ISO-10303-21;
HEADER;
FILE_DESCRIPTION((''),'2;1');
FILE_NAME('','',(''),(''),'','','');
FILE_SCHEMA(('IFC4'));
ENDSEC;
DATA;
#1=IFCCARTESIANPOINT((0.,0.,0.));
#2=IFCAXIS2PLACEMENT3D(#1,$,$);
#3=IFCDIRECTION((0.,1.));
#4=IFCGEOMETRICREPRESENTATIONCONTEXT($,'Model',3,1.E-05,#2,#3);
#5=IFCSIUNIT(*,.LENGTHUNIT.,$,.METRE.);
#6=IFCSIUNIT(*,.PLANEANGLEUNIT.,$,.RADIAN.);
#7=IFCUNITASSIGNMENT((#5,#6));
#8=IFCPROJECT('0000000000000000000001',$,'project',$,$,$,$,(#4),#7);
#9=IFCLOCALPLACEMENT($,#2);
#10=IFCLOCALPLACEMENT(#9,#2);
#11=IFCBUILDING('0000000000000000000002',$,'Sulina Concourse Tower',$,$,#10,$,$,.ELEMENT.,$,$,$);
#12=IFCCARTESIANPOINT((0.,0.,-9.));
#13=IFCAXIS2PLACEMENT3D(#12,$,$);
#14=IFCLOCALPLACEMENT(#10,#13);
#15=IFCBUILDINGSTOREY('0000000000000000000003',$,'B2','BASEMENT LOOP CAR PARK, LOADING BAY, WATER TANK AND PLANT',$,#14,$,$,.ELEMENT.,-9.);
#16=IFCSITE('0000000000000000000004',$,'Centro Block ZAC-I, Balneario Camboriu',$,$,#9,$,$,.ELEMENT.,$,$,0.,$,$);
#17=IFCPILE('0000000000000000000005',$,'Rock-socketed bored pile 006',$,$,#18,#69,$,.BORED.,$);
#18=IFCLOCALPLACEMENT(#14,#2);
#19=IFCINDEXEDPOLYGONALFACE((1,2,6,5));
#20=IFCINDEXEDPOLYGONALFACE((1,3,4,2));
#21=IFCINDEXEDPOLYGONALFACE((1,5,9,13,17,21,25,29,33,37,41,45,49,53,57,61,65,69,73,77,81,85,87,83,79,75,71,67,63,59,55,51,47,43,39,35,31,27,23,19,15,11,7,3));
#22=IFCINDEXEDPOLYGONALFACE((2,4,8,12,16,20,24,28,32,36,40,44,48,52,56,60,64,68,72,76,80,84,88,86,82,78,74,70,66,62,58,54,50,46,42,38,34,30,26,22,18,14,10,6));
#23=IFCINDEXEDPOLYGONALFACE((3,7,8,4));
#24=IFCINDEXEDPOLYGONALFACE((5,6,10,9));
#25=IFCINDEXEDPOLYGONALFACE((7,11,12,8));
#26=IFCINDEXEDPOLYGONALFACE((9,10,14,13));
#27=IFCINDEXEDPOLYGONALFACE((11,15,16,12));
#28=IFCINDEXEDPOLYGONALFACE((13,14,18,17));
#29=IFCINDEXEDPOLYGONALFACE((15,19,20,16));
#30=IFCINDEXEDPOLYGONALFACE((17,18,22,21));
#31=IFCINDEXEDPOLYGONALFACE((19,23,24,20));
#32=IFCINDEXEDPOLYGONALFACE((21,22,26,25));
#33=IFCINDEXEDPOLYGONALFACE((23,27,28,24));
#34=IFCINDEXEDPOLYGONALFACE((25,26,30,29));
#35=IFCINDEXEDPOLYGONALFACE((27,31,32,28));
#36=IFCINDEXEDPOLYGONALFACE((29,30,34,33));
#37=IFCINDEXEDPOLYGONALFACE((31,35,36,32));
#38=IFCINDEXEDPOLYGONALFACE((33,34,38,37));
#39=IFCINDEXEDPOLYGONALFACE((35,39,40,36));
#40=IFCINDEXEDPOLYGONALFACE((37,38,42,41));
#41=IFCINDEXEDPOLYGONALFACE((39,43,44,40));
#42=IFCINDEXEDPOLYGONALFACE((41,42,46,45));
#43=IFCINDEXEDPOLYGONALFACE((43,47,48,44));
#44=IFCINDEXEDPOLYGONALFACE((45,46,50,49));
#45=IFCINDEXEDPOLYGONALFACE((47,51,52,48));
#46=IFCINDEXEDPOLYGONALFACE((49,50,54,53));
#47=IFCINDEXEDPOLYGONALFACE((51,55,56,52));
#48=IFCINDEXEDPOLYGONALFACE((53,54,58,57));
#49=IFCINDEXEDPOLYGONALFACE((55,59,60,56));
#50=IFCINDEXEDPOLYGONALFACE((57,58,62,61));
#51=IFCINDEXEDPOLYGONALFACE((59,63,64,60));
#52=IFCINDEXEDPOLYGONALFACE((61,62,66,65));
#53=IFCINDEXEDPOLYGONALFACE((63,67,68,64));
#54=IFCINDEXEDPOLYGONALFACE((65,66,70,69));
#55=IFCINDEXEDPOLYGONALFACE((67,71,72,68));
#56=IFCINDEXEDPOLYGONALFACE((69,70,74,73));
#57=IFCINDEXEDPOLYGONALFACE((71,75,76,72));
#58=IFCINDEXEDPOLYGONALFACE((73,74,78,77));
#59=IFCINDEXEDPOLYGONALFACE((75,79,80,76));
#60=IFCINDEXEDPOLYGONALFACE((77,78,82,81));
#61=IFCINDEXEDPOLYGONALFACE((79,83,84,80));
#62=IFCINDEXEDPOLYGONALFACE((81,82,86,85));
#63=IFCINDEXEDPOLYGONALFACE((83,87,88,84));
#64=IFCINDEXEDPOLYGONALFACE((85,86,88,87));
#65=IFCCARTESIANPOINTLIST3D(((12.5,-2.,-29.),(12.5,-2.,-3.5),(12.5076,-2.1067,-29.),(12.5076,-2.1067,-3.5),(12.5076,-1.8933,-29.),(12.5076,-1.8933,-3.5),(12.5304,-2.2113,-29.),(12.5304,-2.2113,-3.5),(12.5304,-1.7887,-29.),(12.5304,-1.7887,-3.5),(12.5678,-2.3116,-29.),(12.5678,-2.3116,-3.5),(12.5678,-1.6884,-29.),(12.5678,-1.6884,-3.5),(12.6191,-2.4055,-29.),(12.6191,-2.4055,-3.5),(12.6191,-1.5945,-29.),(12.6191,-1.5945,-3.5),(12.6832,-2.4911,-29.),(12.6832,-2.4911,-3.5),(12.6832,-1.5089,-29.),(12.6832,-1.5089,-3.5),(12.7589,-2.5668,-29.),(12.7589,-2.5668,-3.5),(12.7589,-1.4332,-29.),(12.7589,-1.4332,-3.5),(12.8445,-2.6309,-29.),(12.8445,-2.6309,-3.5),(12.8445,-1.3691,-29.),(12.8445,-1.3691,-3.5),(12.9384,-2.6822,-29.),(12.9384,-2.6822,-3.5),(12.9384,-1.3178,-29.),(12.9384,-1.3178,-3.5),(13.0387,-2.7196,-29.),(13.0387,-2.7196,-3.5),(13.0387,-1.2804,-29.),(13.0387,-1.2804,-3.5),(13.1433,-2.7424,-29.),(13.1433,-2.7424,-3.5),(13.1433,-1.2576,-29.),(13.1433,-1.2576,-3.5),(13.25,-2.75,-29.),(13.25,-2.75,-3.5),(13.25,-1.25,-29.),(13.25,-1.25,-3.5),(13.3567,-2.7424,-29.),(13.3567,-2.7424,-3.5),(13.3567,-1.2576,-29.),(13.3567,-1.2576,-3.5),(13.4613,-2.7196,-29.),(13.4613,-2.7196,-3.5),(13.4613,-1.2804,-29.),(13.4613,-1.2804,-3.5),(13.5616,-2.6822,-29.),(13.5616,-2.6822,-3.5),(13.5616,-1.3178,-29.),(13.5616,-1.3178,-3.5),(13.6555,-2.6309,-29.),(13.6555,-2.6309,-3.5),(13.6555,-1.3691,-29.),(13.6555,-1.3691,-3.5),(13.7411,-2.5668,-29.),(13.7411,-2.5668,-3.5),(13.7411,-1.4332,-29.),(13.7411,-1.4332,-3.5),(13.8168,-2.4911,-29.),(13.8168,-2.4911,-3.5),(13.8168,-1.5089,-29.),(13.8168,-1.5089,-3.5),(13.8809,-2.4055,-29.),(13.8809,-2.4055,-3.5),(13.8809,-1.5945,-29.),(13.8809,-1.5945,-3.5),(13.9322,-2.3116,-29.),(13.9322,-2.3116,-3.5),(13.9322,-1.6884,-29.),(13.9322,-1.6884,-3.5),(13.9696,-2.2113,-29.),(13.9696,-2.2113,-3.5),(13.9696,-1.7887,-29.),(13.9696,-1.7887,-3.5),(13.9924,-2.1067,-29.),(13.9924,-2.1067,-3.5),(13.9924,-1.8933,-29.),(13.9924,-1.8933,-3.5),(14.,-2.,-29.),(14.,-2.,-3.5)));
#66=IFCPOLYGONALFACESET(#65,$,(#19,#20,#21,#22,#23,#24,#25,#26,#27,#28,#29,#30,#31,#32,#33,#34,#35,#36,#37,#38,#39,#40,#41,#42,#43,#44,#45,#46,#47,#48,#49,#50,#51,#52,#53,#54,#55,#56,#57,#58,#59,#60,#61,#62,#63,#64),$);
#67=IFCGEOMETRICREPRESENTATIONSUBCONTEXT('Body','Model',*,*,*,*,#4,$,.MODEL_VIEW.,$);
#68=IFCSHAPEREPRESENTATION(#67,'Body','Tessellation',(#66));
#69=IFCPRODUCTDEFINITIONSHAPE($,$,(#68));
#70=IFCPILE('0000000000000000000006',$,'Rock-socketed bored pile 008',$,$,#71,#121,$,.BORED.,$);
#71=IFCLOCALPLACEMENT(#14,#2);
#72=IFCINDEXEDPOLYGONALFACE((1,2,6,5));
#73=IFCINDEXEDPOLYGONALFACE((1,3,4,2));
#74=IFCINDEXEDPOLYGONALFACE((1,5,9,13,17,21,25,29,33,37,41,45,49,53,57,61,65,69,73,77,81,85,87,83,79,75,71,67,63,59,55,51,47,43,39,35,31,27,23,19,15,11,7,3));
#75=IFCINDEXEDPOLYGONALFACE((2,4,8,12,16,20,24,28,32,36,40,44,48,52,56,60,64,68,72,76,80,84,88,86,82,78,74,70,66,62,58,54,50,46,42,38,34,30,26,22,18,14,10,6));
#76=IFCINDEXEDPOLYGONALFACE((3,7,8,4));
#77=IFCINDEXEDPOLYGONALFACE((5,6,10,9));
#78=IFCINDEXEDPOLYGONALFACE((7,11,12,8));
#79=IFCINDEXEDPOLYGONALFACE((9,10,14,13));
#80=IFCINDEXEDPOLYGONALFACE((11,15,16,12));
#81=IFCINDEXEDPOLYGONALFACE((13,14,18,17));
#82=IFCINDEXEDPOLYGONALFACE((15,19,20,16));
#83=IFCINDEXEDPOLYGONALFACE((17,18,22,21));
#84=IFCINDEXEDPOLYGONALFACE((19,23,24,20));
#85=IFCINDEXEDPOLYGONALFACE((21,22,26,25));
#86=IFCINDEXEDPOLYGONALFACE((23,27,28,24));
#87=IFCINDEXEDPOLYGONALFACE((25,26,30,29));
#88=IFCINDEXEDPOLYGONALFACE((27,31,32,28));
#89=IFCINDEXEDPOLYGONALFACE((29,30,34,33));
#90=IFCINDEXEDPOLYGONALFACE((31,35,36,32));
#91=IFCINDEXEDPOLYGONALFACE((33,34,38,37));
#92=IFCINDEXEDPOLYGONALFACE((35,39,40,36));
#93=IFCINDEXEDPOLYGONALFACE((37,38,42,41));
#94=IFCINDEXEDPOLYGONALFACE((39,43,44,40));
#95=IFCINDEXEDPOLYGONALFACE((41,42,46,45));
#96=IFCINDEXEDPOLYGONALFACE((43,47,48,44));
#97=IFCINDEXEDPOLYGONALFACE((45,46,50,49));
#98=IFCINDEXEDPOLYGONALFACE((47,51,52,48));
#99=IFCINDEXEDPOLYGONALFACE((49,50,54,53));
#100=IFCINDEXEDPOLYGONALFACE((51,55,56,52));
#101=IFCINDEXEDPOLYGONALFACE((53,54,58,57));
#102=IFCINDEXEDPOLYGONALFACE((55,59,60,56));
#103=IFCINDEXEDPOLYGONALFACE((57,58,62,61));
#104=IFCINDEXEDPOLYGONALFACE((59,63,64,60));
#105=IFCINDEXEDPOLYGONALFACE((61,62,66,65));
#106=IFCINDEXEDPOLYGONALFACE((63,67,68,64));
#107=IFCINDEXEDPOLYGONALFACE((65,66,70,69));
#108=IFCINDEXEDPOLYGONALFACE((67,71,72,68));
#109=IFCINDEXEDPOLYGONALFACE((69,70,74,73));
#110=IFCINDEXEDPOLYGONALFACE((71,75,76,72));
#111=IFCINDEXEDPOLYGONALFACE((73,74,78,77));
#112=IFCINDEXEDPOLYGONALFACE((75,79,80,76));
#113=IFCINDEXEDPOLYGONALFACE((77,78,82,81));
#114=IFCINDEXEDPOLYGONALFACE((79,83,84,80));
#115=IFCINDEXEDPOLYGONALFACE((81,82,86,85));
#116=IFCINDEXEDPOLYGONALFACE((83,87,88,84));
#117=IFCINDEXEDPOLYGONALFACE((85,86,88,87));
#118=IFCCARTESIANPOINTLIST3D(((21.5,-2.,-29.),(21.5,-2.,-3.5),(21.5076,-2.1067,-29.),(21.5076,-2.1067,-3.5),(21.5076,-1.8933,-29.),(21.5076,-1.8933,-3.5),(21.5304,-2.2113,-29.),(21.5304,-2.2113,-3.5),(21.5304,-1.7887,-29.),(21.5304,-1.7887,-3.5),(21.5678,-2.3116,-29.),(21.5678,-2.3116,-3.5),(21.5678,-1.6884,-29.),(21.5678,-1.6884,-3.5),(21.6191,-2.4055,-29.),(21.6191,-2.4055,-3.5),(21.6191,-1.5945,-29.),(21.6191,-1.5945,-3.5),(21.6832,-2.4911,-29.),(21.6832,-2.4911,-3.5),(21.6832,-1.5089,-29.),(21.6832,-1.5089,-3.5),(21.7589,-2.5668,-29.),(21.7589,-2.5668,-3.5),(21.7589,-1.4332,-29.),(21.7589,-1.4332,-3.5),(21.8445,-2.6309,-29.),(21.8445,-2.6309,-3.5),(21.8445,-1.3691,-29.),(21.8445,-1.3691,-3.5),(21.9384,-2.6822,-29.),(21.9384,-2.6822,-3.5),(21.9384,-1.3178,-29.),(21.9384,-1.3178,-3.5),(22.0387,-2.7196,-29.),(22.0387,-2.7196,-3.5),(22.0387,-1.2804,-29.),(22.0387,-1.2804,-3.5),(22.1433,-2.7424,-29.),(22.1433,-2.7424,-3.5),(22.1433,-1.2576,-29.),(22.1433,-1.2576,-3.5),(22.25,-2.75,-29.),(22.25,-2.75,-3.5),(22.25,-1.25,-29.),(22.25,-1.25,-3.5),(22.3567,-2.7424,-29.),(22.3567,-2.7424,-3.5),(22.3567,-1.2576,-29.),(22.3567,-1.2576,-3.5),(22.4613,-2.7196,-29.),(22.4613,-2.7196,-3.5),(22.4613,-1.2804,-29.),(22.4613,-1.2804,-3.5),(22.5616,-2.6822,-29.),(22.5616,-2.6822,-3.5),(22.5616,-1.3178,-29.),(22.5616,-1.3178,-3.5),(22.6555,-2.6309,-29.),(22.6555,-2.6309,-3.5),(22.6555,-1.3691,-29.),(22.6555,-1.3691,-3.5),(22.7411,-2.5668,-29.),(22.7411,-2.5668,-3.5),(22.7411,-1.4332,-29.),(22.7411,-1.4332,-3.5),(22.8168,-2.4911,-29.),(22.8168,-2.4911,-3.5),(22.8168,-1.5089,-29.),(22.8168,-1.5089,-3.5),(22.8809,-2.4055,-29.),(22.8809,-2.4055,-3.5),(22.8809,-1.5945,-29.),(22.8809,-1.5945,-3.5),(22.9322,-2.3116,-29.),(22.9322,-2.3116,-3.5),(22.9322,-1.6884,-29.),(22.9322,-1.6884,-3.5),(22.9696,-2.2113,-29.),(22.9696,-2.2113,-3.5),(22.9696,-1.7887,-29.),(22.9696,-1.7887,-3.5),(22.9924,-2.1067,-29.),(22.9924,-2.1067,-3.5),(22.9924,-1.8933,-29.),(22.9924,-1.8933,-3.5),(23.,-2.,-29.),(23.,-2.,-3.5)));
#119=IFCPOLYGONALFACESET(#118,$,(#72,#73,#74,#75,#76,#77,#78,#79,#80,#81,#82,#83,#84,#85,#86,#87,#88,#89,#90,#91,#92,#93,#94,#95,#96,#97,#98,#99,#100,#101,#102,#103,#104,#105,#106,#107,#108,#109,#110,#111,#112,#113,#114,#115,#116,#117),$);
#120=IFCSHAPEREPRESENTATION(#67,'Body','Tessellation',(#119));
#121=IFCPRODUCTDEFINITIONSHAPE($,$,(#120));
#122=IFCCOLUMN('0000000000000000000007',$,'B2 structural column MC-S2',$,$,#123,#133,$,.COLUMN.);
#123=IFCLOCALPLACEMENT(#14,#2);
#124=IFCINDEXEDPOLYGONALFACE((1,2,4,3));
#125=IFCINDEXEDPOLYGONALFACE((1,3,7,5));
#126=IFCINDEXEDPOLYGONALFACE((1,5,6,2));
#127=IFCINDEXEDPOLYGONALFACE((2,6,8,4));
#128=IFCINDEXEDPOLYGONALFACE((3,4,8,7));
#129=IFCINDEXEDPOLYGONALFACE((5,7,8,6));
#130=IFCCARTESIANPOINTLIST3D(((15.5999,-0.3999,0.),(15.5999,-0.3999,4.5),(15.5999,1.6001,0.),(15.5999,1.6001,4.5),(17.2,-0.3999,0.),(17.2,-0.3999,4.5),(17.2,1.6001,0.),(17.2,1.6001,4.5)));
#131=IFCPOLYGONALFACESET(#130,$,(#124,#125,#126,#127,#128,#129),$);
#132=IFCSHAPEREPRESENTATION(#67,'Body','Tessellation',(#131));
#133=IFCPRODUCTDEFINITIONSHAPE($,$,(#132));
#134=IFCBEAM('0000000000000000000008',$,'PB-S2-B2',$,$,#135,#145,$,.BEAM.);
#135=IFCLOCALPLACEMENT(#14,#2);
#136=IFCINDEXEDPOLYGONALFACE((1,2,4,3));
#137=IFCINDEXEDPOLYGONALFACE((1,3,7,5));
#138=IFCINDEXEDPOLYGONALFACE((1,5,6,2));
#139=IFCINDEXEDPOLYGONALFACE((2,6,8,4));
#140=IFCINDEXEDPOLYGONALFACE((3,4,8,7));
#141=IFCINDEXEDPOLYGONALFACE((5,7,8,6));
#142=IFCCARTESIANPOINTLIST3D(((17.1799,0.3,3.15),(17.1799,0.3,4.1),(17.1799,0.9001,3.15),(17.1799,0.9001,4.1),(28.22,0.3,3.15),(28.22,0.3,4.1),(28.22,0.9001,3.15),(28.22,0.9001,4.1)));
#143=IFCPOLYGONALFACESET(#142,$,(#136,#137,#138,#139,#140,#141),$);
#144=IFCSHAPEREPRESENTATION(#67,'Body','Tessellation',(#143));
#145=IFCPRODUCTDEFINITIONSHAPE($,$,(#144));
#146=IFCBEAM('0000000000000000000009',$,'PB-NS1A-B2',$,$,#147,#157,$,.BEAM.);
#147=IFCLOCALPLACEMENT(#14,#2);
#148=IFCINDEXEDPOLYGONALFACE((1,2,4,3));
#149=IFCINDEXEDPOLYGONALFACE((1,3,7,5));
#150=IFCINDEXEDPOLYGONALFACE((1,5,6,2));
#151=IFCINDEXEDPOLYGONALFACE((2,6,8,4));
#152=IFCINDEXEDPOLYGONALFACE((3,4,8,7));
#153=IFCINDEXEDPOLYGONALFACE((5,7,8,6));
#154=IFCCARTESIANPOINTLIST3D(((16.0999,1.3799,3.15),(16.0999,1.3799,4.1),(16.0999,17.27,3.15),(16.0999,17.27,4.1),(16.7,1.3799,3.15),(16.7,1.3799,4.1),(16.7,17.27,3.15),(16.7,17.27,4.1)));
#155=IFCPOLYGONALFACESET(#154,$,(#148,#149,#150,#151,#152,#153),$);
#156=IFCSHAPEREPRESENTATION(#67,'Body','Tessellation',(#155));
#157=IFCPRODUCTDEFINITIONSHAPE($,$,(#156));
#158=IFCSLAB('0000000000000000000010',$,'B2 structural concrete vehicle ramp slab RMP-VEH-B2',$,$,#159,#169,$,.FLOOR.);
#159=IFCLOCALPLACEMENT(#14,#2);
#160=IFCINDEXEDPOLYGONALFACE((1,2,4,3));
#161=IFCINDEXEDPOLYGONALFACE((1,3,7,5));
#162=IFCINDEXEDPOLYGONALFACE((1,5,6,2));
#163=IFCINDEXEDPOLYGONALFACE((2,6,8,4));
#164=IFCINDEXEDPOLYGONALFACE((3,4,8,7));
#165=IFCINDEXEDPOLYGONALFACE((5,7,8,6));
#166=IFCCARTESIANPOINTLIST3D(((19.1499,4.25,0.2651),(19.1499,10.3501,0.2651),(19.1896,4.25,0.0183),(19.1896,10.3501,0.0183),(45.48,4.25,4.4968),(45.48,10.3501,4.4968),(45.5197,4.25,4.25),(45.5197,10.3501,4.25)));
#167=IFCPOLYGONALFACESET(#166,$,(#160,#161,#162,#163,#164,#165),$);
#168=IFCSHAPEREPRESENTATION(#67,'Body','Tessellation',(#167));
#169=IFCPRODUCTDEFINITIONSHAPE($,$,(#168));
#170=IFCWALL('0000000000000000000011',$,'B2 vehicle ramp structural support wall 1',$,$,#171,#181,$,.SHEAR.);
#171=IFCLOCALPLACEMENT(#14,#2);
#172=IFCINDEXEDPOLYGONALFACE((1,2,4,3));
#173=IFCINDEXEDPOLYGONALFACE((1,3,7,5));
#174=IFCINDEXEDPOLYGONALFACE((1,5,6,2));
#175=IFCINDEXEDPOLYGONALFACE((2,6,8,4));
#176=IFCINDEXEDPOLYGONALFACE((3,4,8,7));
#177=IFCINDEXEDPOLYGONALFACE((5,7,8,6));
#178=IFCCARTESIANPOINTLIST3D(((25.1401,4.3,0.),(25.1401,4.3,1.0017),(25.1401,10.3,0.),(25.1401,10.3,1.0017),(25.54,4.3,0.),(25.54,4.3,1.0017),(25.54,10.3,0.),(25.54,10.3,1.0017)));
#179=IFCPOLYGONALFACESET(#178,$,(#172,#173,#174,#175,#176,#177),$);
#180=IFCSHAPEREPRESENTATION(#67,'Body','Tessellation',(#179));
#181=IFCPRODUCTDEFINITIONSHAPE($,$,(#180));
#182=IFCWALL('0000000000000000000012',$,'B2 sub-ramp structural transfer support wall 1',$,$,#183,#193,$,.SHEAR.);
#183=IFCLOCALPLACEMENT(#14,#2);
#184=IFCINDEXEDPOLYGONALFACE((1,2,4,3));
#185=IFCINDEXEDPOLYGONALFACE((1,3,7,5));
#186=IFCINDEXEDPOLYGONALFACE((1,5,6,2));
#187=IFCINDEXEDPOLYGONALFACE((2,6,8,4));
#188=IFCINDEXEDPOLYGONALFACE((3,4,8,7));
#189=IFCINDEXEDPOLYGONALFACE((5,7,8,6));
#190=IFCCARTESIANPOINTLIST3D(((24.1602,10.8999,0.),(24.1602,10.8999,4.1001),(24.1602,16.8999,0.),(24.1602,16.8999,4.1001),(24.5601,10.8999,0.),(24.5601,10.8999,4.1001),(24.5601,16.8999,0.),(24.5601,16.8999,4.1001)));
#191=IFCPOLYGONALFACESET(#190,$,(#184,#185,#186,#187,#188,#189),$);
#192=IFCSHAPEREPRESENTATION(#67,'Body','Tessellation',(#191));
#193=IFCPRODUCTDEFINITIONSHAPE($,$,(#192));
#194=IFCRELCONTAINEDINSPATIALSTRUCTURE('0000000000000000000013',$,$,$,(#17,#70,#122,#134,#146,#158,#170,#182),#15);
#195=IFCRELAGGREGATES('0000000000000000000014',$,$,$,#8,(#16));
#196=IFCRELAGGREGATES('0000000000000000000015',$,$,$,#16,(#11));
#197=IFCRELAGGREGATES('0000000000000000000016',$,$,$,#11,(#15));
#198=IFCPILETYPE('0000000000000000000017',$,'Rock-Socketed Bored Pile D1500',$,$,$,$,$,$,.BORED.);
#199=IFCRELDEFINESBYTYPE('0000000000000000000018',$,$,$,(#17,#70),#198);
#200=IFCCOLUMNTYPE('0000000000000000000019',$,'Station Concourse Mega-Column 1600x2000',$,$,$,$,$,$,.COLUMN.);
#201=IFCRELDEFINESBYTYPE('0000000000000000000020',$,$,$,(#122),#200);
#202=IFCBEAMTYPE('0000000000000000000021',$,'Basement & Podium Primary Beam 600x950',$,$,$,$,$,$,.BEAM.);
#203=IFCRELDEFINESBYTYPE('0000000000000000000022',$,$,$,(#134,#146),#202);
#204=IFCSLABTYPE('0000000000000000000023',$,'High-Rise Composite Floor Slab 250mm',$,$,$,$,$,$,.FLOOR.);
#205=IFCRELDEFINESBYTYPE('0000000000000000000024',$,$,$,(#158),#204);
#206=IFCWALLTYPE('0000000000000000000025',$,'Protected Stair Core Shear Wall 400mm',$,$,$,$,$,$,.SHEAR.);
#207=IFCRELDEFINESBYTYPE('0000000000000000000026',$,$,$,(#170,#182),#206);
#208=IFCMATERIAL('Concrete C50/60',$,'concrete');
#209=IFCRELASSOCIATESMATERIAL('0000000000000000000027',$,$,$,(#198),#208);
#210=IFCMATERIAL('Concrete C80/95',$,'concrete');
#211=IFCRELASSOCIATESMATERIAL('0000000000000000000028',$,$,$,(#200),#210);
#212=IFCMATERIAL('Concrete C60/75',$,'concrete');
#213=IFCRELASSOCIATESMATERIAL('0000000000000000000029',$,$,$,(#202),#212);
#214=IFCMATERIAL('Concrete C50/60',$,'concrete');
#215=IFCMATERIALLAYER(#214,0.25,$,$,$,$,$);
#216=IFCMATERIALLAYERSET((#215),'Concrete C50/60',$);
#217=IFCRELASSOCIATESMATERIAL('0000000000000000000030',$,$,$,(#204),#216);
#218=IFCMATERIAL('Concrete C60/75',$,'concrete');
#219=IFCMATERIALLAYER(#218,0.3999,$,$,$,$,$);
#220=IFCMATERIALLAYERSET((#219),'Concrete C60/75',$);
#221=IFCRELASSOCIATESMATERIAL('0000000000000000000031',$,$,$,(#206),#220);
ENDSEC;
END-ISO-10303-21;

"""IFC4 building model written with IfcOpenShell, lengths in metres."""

from ifc_helpers import new_model, si_unit, direction, frame, frame_2d, origin, origin_2d, place, context, subcontext, project, spatial, polyline, rectangle, circle, outline, extrude, material, layer, layer_set, material_profile, profile_set, type_object, element, save


model = new_model("IFC4")

# Units and contexts
model_context = context("Model", 3, precision=1e-05, world=origin(), true_north=direction((0.0, 1.0)))
body_context = subcontext(model_context, "Body", "Model", "MODEL_VIEW")
ifc_project = project(units=[si_unit("LENGTHUNIT", "METRE"), si_unit("PLANEANGLEUNIT", "RADIAN")], contexts=[model_context])

# Site, building, storey
site_placement = place(None, origin())
site = spatial("IfcSite", under=ifc_project, at=site_placement, Name="Centro Block ZAC-I, Balneario Camboriu", CompositionType="ELEMENT", RefElevation=0.0)
building_placement = place(site_placement, origin())
building = spatial("IfcBuilding", under=site, at=building_placement, Name="Sulina Concourse Tower", CompositionType="ELEMENT")
storey_placement = place(building_placement, frame((0.0, 0.0, -9.0)))
storey = spatial("IfcBuildingStorey", under=building, at=storey_placement, Name="B2", Description="BASEMENT LOOP CAR PARK, LOADING BAY, WATER TANK AND PLANT", CompositionType="ELEMENT", Elevation=-9.0)

# Piles
ifc_material_1 = material(Name="Concrete C50/60", Category="concrete")
ifc_material_profile_1 = material_profile(ifc_material_1, circle(Radius=0.75, at=origin_2d()), Name="PILE D1500")
ifc_profile_set_1 = profile_set([ifc_material_profile_1], Name="Concrete C50/60")
pile_type_1 = type_object("IfcPileType", Name="Rock-Socketed Bored Pile D1500", PredefinedType="BORED", material=ifc_profile_set_1)
for number, where, z_axis, x_axis, name in (
    (1, (13.25, -2.0, -3.5), (0.0, 0.0, -1.0), (1.0, 0.0, 0.0), "Rock-socketed bored pile 006"),
    (2, (22.25, -2.0, -3.5), (0.0, 0.0, -1.0), (1.0, 0.0, 0.0), "Rock-socketed bored pile 008"),
):
    element("IfcPile", number, at=place(storey_placement, frame(where, z_axis=z_axis, x_axis=x_axis)), inside=storey, type_object=pile_type_1, Name=name, PredefinedType="BORED", context=body_context, shape_type="SweptSolid", body=[
        extrude(circle(Radius=0.75, at=origin_2d()), origin(), (0.0, 0.0, 1.0), 25.5),
    ])

# Column
ifc_material_2 = material(Name="Concrete C80/95", Category="concrete")
ifc_material_profile_2 = material_profile(ifc_material_2, rectangle(XDim=1.6001, YDim=2.0, at=origin_2d()), Name="RC 1600x2000")
ifc_profile_set_2 = profile_set([ifc_material_profile_2], Name="Concrete C80/95")
column_type = type_object("IfcColumnType", Name="Station Concourse Mega-Column 1600x2000", PredefinedType="COLUMN", material=ifc_profile_set_2)
column_placement = place(storey_placement, frame((16.3999, 0.6001, 0.0), z_axis=(0.0, 0.0, 1.0), x_axis=(1.0, 0.0, 0.0)))
element("IfcColumn", 3, at=column_placement, inside=storey, type_object=column_type, Name="B2 structural column MC-S2", PredefinedType="COLUMN", context=body_context, shape_type="SweptSolid", body=[
    extrude(rectangle(XDim=1.6001, YDim=2.0, at=origin_2d()), origin(), (0.0, 0.0, 1.0), 4.5),
])

# Beams
ifc_material_3 = material(Name="Concrete C60/75", Category="concrete")
ifc_material_profile_3 = material_profile(ifc_material_3, rectangle(XDim=0.6001, YDim=0.95, at=origin_2d()), Name="RC 600x950")
ifc_profile_set_3 = profile_set([ifc_material_profile_3], Name="Concrete C60/75")
beam_type = type_object("IfcBeamType", Name="Basement & Podium Primary Beam 600x950", PredefinedType="BEAM", material=ifc_profile_set_3)
beam_1_placement = place(storey_placement, frame((17.1799, 0.6001, 3.625), z_axis=(1.0, 0.0, 0.0), x_axis=(0.0, 1.0, 0.0)))
element("IfcBeam", 4, at=beam_1_placement, inside=storey, type_object=beam_type, Name="PB-S2-B2", PredefinedType="BEAM", context=body_context, shape_type="SweptSolid", body=[
    extrude(rectangle(XDim=0.6001, YDim=0.95, at=origin_2d()), origin(), (0.0, 0.0, 1.0), 11.04),
])
beam_2_placement = place(storey_placement, frame((16.3999, 1.3799, 3.625), z_axis=(0.0, 1.0, 0.0), x_axis=(-1.0, 0.0, 0.0)))
element("IfcBeam", 5, at=beam_2_placement, inside=storey, type_object=beam_type, Name="PB-NS1A-B2", PredefinedType="BEAM", context=body_context, shape_type="SweptSolid", body=[
    extrude(rectangle(XDim=0.6001, YDim=0.95, at=origin_2d()), origin(), (0.0, 0.0, 1.0), 15.8901),
])

# Slab
ifc_material_4 = material(Name="Concrete C50/60", Category="concrete")
ifc_layer_1 = layer(ifc_material_4, 0.25)
ifc_layer_set_1 = layer_set([ifc_layer_1], Name="Concrete C50/60")
slab_type = type_object("IfcSlabType", Name="High-Rise Composite Floor Slab 250mm", PredefinedType="FLOOR", material=ifc_layer_set_1)
slab_placement = place(storey_placement, frame((19.1499, 4.25, 0.2651), z_axis=(-0.158681, 0.0, 0.98733), x_axis=(0.0, 1.0, 0.0)))
element("IfcSlab", 6, at=slab_placement, inside=storey, type_object=slab_type, Name="B2 structural concrete vehicle ramp slab RMP-VEH-B2", PredefinedType="FLOOR", context=body_context, shape_type="SweptSolid", body=[
    extrude(outline(polyline([(0.0, 0.0), (6.1001, 0.0), (6.1001, -26.668), (0.0, -26.668), (0.0, 0.0)])), origin(), (0.0, 0.0, -1.0), 0.25),
])

# Walls
ifc_material_5 = material(Name="Concrete C60/75", Category="concrete")
ifc_layer_2 = layer(ifc_material_5, 0.3999)
ifc_layer_set_2 = layer_set([ifc_layer_2], Name="Concrete C60/75")
wall_type = type_object("IfcWallType", Name="Protected Stair Core Shear Wall 400mm", PredefinedType="SHEAR", material=ifc_layer_set_2)
wall_placement = place(storey_placement, frame((25.3401, 4.3, 0.0), z_axis=(0.0, 0.0, 1.0), x_axis=(0.0, 1.0, 0.0)))
element("IfcWall", 7, at=wall_placement, inside=storey, type_object=wall_type, Name="B2 vehicle ramp structural support wall 1", PredefinedType="SHEAR", context=body_context, shape_type="SweptSolid", body=[
    extrude(rectangle(XDim=6.0, YDim=0.3999, at=frame_2d((3.0, 0.0))), origin(), (0.0, 0.0, 1.0), 1.0017),
])
for number, where, z_axis, x_axis, name in (
    (8, (24.3601, 10.8999, 0.0), (0.0, 0.0, 1.0), (0.0, 1.0, 0.0), "B2 sub-ramp structural transfer support wall 1"),
):
    element("IfcWall", number, at=place(storey_placement, frame(where, z_axis=z_axis, x_axis=x_axis)), inside=storey, type_object=wall_type, Name=name, PredefinedType="SHEAR", context=body_context, shape_type="SweptSolid", body=[
        extrude(rectangle(XDim=6.0, YDim=0.3999, at=frame_2d((3.0, 0.0))), origin(), (0.0, 0.0, 1.0), 4.1001),
    ])

save(model, "model.ifc")
